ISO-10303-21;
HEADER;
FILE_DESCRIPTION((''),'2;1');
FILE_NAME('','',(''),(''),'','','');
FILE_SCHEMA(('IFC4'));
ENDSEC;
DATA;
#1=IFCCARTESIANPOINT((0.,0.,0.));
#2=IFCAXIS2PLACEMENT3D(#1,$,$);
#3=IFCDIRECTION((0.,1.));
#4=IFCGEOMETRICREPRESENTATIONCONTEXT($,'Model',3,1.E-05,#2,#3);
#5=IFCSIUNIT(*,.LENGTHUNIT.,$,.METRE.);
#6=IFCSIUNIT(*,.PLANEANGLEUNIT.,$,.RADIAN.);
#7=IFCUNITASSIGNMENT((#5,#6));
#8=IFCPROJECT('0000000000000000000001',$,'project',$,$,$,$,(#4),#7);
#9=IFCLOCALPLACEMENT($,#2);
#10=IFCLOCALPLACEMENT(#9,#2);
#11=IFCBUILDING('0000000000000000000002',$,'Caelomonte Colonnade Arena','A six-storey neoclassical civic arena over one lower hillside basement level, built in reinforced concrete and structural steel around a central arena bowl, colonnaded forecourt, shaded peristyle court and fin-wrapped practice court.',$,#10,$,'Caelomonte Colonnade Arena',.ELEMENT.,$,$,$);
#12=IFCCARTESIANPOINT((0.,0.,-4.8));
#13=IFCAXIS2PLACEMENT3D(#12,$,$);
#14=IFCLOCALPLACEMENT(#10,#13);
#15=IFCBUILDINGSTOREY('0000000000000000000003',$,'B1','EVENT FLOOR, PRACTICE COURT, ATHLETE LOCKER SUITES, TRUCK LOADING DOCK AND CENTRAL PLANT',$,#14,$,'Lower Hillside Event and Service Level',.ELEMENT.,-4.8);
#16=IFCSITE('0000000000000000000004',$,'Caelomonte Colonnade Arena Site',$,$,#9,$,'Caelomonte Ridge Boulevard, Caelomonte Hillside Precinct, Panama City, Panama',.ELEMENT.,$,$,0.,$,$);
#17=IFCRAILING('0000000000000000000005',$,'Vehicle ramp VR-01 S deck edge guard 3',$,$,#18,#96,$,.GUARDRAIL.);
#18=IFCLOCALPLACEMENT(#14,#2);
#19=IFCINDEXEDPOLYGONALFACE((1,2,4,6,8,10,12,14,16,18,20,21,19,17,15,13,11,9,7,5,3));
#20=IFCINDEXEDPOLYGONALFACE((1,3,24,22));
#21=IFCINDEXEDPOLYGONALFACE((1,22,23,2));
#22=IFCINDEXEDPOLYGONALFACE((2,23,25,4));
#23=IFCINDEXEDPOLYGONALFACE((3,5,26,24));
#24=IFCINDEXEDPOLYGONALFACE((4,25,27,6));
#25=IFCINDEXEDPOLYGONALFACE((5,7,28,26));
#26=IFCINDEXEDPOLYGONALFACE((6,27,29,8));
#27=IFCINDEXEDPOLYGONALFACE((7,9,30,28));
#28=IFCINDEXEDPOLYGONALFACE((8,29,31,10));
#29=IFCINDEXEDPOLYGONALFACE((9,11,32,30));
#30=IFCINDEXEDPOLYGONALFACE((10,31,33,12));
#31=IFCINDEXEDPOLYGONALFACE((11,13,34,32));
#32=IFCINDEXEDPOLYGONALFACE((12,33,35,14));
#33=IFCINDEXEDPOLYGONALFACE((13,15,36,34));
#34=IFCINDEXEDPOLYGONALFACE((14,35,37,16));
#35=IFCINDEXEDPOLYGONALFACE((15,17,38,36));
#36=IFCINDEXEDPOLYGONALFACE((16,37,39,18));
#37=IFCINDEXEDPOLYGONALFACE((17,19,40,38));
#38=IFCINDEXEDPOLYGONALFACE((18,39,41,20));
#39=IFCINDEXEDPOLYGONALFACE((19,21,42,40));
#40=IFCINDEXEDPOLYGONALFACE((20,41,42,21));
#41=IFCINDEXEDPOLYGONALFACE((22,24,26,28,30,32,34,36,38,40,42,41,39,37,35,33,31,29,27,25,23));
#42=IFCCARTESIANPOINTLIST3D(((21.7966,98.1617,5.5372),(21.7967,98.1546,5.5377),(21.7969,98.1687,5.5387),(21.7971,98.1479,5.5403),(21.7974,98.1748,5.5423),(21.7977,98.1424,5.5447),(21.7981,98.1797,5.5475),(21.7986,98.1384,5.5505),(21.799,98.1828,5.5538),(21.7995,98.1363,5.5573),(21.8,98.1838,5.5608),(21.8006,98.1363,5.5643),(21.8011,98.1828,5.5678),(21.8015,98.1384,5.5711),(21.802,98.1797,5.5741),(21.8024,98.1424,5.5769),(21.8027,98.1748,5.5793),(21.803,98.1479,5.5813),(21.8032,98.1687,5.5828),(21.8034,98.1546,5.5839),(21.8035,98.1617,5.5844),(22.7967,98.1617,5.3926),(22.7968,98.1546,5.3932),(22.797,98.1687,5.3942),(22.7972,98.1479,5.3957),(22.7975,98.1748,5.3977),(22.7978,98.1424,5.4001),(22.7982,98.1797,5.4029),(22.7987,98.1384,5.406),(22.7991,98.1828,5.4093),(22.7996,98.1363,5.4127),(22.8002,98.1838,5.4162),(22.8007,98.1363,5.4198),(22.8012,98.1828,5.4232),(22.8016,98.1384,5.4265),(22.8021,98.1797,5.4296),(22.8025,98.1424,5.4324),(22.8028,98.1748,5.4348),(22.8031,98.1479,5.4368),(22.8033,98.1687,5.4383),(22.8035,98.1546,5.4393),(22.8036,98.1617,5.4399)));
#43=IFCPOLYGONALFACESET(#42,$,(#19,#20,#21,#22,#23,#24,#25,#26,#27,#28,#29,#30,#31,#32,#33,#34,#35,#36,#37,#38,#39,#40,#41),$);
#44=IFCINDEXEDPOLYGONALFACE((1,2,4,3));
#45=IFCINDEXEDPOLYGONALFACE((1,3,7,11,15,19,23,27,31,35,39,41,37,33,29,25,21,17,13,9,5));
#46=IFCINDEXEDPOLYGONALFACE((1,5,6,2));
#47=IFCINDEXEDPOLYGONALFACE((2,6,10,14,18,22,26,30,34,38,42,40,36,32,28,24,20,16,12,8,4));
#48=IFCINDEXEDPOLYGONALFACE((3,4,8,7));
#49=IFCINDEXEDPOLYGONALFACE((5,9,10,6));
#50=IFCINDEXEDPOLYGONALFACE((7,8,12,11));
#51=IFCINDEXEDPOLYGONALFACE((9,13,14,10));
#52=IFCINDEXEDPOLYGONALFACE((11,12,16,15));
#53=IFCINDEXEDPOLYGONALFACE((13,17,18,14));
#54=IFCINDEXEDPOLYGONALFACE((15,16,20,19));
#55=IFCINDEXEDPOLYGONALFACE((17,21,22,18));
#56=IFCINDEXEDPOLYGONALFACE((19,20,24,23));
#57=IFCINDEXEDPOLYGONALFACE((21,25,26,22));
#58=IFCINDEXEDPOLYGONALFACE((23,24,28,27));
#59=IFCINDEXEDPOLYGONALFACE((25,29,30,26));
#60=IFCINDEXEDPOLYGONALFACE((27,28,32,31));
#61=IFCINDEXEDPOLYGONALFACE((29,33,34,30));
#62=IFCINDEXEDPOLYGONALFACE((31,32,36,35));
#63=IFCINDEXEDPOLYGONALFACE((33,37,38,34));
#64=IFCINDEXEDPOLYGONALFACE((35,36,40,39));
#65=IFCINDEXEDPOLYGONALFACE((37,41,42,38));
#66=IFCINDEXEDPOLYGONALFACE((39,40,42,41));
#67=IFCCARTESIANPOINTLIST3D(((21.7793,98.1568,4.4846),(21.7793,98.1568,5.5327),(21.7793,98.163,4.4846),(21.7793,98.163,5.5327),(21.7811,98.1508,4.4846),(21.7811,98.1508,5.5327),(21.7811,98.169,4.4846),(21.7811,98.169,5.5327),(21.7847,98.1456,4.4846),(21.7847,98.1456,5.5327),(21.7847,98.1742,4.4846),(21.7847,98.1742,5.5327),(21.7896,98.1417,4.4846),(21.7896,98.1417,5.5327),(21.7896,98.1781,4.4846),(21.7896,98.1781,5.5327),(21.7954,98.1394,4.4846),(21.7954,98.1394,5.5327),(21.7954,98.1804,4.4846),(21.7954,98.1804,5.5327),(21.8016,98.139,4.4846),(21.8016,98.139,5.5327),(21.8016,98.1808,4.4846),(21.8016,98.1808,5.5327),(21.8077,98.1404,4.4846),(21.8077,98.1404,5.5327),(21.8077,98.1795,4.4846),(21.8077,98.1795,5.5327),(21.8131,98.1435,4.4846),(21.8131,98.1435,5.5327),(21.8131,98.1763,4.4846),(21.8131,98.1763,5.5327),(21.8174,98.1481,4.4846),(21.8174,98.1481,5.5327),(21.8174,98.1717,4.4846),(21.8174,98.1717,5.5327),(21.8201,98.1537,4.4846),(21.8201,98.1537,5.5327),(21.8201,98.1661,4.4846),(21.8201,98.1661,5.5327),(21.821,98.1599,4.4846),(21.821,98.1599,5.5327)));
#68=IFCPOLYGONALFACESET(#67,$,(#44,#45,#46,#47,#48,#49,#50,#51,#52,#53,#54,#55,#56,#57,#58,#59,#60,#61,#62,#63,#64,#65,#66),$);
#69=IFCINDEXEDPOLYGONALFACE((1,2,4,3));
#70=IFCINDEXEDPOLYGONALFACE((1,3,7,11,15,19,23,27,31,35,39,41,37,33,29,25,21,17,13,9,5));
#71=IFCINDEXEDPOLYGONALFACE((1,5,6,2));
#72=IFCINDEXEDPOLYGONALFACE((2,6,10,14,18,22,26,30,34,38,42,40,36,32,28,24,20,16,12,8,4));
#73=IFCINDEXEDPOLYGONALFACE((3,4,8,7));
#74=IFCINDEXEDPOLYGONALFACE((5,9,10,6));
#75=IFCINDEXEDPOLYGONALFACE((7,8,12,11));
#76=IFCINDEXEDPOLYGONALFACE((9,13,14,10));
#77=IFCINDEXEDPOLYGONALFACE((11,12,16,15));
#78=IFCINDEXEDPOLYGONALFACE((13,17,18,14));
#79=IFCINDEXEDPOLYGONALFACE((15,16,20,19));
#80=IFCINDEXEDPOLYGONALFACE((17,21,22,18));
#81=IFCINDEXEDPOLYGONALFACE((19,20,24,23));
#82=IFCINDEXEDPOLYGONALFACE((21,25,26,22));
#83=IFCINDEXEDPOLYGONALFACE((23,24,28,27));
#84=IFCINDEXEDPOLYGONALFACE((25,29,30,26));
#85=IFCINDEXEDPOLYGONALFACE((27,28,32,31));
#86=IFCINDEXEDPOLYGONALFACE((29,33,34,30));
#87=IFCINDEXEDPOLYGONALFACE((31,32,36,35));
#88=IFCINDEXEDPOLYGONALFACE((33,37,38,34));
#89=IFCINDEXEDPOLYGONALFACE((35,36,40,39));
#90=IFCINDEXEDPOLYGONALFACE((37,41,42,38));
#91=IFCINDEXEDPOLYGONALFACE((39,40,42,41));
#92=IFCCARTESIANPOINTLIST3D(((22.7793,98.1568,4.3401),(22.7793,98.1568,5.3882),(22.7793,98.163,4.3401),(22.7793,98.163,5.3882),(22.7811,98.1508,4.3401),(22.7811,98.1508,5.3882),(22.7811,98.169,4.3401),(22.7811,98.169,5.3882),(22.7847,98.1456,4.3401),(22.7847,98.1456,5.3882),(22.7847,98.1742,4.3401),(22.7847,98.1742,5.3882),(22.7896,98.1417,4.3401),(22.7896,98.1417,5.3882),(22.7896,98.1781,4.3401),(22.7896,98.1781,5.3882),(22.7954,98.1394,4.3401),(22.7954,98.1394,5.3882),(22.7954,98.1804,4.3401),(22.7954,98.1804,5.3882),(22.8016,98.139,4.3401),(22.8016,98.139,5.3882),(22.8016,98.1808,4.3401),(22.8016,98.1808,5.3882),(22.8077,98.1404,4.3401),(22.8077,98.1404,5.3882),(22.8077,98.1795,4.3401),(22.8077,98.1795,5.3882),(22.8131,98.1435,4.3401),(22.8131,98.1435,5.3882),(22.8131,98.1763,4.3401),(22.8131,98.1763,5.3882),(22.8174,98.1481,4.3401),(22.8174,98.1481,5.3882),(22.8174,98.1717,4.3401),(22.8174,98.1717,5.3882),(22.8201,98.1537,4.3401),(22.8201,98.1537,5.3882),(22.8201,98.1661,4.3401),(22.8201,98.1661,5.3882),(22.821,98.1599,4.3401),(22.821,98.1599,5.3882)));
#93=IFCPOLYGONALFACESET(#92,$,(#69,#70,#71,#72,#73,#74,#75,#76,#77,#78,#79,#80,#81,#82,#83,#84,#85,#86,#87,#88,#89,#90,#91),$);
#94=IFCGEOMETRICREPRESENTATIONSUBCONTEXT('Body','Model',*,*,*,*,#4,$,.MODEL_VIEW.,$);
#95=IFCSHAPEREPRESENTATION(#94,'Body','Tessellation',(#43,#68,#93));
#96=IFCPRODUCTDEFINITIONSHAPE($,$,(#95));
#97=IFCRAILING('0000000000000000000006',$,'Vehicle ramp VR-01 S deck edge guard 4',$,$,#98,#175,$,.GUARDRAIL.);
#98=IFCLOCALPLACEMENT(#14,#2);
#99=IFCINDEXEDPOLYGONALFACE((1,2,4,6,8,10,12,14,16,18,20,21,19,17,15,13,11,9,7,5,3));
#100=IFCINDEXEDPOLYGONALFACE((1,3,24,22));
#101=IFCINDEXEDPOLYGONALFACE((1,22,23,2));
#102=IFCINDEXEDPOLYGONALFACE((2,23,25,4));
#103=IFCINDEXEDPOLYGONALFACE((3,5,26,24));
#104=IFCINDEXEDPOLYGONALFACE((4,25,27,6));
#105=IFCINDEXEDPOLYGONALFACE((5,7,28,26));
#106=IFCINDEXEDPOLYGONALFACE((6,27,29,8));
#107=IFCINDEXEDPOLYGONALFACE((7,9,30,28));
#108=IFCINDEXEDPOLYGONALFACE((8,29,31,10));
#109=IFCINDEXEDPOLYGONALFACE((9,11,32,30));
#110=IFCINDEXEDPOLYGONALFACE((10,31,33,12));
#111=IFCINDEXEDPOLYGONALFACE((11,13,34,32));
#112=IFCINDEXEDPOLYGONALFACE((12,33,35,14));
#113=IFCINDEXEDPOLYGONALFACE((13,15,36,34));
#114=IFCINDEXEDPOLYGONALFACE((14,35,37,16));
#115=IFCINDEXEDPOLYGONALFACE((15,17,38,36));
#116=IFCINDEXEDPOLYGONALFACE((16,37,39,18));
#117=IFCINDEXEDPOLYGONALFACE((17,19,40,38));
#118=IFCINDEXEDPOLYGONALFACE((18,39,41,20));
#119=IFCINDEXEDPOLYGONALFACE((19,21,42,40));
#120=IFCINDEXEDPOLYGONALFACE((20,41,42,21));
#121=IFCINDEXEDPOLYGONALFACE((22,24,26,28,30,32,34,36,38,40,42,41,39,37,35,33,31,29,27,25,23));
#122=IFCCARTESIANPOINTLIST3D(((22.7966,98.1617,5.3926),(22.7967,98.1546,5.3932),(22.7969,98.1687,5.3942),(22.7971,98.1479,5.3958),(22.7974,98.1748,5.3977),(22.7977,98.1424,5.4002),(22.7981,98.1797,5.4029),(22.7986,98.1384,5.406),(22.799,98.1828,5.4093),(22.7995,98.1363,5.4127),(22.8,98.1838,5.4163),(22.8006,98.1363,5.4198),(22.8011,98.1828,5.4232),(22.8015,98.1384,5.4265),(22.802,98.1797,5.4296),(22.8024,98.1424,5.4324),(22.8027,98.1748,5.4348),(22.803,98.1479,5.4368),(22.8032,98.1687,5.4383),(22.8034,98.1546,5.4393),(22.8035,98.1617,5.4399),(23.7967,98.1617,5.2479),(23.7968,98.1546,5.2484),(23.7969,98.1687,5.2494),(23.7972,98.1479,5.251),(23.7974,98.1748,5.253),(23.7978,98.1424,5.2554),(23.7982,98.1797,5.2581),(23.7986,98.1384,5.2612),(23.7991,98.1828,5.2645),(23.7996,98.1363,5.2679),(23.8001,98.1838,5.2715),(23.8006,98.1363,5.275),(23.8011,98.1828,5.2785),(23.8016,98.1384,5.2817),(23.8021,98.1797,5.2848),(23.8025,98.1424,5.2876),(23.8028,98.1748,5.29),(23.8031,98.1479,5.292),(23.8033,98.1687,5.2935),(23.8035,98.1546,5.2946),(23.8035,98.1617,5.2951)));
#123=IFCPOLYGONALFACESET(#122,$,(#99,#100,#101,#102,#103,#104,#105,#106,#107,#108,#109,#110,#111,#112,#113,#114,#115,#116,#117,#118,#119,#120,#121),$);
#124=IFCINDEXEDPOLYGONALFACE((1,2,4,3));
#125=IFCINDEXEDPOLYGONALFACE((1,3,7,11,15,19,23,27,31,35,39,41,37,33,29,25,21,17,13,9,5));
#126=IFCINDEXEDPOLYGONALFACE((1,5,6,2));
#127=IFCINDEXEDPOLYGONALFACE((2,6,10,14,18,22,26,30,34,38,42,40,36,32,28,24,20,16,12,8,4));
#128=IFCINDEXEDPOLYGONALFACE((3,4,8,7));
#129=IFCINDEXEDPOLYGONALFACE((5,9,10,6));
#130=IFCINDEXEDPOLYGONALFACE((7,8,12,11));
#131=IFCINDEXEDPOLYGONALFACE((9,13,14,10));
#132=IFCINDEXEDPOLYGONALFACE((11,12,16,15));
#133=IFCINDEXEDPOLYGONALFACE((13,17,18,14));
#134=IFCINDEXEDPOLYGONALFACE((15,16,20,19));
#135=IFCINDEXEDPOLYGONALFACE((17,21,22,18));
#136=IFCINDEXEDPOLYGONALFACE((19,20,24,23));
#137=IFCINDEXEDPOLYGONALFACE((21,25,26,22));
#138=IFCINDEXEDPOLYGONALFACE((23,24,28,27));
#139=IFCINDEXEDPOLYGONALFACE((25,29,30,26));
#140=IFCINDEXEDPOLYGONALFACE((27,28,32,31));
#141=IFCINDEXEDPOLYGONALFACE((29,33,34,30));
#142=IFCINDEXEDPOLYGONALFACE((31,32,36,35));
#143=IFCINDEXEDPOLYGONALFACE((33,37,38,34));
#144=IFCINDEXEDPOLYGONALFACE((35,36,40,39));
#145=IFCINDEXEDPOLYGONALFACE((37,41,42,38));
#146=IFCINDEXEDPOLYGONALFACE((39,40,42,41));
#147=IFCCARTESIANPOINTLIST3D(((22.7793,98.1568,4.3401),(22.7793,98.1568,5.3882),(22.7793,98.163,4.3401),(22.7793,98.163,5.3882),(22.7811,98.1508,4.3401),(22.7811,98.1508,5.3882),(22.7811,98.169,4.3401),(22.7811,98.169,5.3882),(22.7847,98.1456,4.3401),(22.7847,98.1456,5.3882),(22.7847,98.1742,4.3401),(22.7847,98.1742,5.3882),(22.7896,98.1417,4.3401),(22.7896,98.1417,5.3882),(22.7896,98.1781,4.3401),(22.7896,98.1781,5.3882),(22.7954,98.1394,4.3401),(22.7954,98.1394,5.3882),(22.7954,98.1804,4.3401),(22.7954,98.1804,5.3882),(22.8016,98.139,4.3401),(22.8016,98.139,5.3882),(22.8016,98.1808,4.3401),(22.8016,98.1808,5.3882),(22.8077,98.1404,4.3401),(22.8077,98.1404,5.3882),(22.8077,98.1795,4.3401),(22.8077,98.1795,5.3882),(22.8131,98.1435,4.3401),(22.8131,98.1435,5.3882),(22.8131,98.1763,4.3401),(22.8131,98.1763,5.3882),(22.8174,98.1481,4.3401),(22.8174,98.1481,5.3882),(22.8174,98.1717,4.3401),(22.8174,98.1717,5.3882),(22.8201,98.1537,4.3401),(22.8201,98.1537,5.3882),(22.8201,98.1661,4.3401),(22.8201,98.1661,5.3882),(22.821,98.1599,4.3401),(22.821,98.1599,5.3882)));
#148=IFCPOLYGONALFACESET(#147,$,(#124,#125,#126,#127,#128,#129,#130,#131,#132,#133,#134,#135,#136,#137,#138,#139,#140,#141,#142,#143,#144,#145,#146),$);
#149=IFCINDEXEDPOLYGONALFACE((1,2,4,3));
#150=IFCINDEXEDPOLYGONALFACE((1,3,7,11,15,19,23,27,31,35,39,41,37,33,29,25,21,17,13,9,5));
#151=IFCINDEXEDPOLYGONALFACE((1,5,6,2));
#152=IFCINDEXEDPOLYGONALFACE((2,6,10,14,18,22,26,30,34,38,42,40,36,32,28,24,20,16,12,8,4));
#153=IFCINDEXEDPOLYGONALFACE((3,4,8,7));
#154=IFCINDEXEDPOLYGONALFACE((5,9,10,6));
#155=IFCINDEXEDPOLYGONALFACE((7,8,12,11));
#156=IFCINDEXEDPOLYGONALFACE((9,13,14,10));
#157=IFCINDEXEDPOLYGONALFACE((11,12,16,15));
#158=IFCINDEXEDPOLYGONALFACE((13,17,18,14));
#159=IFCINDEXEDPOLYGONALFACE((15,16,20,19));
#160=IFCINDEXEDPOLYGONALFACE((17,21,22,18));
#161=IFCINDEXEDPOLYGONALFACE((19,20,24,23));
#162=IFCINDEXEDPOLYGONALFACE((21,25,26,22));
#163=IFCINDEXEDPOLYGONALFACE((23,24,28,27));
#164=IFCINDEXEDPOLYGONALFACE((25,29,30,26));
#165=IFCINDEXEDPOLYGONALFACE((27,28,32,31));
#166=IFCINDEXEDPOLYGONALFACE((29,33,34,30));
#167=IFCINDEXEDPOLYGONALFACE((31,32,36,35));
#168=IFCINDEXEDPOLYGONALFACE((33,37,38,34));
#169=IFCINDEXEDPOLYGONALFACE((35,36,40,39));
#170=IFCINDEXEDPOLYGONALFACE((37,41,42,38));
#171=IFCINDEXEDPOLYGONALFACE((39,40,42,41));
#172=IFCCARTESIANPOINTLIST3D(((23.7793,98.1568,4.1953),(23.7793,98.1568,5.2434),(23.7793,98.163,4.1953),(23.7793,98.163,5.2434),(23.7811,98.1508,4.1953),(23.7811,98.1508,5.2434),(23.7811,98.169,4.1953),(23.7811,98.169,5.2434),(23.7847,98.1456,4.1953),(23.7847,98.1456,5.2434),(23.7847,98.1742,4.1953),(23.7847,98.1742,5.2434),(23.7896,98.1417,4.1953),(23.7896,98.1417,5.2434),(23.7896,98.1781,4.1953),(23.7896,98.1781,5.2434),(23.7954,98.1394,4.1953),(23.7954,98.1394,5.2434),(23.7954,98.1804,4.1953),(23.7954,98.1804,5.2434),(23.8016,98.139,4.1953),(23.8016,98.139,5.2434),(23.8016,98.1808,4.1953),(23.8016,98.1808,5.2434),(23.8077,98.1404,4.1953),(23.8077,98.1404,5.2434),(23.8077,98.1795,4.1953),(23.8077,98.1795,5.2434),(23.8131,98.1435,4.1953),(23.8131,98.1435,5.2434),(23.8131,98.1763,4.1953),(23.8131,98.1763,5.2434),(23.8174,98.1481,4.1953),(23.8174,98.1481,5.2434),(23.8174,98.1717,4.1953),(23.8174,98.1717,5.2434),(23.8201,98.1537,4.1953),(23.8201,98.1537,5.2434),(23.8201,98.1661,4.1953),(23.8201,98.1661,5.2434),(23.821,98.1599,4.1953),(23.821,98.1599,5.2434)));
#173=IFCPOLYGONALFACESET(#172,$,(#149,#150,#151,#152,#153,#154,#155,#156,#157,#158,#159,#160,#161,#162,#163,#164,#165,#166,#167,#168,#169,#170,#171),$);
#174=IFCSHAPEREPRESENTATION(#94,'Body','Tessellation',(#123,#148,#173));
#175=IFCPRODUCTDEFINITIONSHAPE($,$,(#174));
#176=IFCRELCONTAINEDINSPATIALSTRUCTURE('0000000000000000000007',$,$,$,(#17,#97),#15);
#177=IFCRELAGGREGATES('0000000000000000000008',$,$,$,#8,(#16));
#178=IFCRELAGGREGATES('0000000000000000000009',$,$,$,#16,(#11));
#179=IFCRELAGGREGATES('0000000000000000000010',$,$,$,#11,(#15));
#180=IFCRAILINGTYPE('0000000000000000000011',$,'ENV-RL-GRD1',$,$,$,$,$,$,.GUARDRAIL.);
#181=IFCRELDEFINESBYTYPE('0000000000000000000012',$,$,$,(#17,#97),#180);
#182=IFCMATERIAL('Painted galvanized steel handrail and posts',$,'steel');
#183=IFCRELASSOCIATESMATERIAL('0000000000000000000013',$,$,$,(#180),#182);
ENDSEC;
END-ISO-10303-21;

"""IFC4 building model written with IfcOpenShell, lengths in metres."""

from ifc_helpers import new_model, si_unit, direction, frame, origin, origin_2d, place, context, subcontext, project, spatial, circle, extrude, material, type_object, element, save


model = new_model("IFC4")

# Units and contexts
model_context = context("Model", 3, precision=1e-05, world=origin(), true_north=direction((0.0, 1.0)))
body_context = subcontext(model_context, "Body", "Model", "MODEL_VIEW")
ifc_project = project(units=[si_unit("LENGTHUNIT", "METRE"), si_unit("PLANEANGLEUNIT", "RADIAN")], contexts=[model_context])

# Site, building, storey
site_placement = place(None, origin())
site = spatial("IfcSite", under=ifc_project, at=site_placement, Name="Caelomonte Colonnade Arena Site", LongName="Caelomonte Ridge Boulevard, Caelomonte Hillside Precinct, Panama City, Panama", CompositionType="ELEMENT", RefElevation=0.0)
building_placement = place(site_placement, origin())
building = spatial("IfcBuilding", under=site, at=building_placement, Name="Caelomonte Colonnade Arena", Description="A six-storey neoclassical civic arena over one lower hillside basement level, built in reinforced concrete and structural steel around a central arena bowl, colonnaded forecourt, shaded peristyle court and fin-wrapped practice court.", LongName="Caelomonte Colonnade Arena", CompositionType="ELEMENT")
storey_placement = place(building_placement, frame((0.0, 0.0, -4.8)))
storey = spatial("IfcBuildingStorey", under=building, at=storey_placement, Name="B1", Description="EVENT FLOOR, PRACTICE COURT, ATHLETE LOCKER SUITES, TRUCK LOADING DOCK AND CENTRAL PLANT", LongName="Lower Hillside Event and Service Level", CompositionType="ELEMENT", Elevation=-4.8)

# Railings
ifc_material_1 = material(Name="Painted galvanized steel handrail and posts", Category="steel")
railing_type = type_object("IfcRailingType", Name="ENV-RL-GRD1", PredefinedType="GUARDRAIL", material=ifc_material_1)
railing_1_placement = place(storey_placement, frame((21.8, 98.1599, 4.4846)))
element("IfcRailing", 1, at=railing_1_placement, inside=storey, type_object=railing_type, Name="Vehicle ramp VR-01 S deck edge guard 3", PredefinedType="GUARDRAIL", context=body_context, shape_type="SweptSolid", body=[
    extrude(circle(Radius=0.0239, at=origin_2d()), frame((0.0, 0.0, 1.0762), z_axis=(0.989716, 0.0, -0.143045), x_axis=(0.0, 1.0, 0.0)), (0.0, 0.0, 1.0), 1.0105),
    extrude(circle(Radius=0.021, at=origin_2d()), origin(), (0.0, 0.0, 1.0), 1.0481),
    extrude(circle(Radius=0.021, at=origin_2d()), frame((1.0, 0.0, -0.1445)), (0.0, 0.0, 1.0), 1.0481),
])
for number, where, name in (
    (2, (22.8, 98.1599, 4.3401), "Vehicle ramp VR-01 S deck edge guard 4"),
):
    element("IfcRailing", number, at=place(storey_placement, frame(where)), inside=storey, type_object=railing_type, Name=name, PredefinedType="GUARDRAIL", context=body_context, shape_type="SweptSolid", body=[
        extrude(circle(Radius=0.0239, at=origin_2d()), frame((0.0, 0.0, 1.0762), z_axis=(0.989682, 0.0, -0.143282), x_axis=(0.0, 1.0, 0.0)), (0.0, 0.0, 1.0), 1.0105),
        extrude(circle(Radius=0.021, at=origin_2d()), origin(), (0.0, 0.0, 1.0), 1.0481),
        extrude(circle(Radius=0.021, at=origin_2d()), frame((1.0, 0.0, -0.1448)), (0.0, 0.0, 1.0), 1.0481),
    ])

save(model, "model.ifc")
